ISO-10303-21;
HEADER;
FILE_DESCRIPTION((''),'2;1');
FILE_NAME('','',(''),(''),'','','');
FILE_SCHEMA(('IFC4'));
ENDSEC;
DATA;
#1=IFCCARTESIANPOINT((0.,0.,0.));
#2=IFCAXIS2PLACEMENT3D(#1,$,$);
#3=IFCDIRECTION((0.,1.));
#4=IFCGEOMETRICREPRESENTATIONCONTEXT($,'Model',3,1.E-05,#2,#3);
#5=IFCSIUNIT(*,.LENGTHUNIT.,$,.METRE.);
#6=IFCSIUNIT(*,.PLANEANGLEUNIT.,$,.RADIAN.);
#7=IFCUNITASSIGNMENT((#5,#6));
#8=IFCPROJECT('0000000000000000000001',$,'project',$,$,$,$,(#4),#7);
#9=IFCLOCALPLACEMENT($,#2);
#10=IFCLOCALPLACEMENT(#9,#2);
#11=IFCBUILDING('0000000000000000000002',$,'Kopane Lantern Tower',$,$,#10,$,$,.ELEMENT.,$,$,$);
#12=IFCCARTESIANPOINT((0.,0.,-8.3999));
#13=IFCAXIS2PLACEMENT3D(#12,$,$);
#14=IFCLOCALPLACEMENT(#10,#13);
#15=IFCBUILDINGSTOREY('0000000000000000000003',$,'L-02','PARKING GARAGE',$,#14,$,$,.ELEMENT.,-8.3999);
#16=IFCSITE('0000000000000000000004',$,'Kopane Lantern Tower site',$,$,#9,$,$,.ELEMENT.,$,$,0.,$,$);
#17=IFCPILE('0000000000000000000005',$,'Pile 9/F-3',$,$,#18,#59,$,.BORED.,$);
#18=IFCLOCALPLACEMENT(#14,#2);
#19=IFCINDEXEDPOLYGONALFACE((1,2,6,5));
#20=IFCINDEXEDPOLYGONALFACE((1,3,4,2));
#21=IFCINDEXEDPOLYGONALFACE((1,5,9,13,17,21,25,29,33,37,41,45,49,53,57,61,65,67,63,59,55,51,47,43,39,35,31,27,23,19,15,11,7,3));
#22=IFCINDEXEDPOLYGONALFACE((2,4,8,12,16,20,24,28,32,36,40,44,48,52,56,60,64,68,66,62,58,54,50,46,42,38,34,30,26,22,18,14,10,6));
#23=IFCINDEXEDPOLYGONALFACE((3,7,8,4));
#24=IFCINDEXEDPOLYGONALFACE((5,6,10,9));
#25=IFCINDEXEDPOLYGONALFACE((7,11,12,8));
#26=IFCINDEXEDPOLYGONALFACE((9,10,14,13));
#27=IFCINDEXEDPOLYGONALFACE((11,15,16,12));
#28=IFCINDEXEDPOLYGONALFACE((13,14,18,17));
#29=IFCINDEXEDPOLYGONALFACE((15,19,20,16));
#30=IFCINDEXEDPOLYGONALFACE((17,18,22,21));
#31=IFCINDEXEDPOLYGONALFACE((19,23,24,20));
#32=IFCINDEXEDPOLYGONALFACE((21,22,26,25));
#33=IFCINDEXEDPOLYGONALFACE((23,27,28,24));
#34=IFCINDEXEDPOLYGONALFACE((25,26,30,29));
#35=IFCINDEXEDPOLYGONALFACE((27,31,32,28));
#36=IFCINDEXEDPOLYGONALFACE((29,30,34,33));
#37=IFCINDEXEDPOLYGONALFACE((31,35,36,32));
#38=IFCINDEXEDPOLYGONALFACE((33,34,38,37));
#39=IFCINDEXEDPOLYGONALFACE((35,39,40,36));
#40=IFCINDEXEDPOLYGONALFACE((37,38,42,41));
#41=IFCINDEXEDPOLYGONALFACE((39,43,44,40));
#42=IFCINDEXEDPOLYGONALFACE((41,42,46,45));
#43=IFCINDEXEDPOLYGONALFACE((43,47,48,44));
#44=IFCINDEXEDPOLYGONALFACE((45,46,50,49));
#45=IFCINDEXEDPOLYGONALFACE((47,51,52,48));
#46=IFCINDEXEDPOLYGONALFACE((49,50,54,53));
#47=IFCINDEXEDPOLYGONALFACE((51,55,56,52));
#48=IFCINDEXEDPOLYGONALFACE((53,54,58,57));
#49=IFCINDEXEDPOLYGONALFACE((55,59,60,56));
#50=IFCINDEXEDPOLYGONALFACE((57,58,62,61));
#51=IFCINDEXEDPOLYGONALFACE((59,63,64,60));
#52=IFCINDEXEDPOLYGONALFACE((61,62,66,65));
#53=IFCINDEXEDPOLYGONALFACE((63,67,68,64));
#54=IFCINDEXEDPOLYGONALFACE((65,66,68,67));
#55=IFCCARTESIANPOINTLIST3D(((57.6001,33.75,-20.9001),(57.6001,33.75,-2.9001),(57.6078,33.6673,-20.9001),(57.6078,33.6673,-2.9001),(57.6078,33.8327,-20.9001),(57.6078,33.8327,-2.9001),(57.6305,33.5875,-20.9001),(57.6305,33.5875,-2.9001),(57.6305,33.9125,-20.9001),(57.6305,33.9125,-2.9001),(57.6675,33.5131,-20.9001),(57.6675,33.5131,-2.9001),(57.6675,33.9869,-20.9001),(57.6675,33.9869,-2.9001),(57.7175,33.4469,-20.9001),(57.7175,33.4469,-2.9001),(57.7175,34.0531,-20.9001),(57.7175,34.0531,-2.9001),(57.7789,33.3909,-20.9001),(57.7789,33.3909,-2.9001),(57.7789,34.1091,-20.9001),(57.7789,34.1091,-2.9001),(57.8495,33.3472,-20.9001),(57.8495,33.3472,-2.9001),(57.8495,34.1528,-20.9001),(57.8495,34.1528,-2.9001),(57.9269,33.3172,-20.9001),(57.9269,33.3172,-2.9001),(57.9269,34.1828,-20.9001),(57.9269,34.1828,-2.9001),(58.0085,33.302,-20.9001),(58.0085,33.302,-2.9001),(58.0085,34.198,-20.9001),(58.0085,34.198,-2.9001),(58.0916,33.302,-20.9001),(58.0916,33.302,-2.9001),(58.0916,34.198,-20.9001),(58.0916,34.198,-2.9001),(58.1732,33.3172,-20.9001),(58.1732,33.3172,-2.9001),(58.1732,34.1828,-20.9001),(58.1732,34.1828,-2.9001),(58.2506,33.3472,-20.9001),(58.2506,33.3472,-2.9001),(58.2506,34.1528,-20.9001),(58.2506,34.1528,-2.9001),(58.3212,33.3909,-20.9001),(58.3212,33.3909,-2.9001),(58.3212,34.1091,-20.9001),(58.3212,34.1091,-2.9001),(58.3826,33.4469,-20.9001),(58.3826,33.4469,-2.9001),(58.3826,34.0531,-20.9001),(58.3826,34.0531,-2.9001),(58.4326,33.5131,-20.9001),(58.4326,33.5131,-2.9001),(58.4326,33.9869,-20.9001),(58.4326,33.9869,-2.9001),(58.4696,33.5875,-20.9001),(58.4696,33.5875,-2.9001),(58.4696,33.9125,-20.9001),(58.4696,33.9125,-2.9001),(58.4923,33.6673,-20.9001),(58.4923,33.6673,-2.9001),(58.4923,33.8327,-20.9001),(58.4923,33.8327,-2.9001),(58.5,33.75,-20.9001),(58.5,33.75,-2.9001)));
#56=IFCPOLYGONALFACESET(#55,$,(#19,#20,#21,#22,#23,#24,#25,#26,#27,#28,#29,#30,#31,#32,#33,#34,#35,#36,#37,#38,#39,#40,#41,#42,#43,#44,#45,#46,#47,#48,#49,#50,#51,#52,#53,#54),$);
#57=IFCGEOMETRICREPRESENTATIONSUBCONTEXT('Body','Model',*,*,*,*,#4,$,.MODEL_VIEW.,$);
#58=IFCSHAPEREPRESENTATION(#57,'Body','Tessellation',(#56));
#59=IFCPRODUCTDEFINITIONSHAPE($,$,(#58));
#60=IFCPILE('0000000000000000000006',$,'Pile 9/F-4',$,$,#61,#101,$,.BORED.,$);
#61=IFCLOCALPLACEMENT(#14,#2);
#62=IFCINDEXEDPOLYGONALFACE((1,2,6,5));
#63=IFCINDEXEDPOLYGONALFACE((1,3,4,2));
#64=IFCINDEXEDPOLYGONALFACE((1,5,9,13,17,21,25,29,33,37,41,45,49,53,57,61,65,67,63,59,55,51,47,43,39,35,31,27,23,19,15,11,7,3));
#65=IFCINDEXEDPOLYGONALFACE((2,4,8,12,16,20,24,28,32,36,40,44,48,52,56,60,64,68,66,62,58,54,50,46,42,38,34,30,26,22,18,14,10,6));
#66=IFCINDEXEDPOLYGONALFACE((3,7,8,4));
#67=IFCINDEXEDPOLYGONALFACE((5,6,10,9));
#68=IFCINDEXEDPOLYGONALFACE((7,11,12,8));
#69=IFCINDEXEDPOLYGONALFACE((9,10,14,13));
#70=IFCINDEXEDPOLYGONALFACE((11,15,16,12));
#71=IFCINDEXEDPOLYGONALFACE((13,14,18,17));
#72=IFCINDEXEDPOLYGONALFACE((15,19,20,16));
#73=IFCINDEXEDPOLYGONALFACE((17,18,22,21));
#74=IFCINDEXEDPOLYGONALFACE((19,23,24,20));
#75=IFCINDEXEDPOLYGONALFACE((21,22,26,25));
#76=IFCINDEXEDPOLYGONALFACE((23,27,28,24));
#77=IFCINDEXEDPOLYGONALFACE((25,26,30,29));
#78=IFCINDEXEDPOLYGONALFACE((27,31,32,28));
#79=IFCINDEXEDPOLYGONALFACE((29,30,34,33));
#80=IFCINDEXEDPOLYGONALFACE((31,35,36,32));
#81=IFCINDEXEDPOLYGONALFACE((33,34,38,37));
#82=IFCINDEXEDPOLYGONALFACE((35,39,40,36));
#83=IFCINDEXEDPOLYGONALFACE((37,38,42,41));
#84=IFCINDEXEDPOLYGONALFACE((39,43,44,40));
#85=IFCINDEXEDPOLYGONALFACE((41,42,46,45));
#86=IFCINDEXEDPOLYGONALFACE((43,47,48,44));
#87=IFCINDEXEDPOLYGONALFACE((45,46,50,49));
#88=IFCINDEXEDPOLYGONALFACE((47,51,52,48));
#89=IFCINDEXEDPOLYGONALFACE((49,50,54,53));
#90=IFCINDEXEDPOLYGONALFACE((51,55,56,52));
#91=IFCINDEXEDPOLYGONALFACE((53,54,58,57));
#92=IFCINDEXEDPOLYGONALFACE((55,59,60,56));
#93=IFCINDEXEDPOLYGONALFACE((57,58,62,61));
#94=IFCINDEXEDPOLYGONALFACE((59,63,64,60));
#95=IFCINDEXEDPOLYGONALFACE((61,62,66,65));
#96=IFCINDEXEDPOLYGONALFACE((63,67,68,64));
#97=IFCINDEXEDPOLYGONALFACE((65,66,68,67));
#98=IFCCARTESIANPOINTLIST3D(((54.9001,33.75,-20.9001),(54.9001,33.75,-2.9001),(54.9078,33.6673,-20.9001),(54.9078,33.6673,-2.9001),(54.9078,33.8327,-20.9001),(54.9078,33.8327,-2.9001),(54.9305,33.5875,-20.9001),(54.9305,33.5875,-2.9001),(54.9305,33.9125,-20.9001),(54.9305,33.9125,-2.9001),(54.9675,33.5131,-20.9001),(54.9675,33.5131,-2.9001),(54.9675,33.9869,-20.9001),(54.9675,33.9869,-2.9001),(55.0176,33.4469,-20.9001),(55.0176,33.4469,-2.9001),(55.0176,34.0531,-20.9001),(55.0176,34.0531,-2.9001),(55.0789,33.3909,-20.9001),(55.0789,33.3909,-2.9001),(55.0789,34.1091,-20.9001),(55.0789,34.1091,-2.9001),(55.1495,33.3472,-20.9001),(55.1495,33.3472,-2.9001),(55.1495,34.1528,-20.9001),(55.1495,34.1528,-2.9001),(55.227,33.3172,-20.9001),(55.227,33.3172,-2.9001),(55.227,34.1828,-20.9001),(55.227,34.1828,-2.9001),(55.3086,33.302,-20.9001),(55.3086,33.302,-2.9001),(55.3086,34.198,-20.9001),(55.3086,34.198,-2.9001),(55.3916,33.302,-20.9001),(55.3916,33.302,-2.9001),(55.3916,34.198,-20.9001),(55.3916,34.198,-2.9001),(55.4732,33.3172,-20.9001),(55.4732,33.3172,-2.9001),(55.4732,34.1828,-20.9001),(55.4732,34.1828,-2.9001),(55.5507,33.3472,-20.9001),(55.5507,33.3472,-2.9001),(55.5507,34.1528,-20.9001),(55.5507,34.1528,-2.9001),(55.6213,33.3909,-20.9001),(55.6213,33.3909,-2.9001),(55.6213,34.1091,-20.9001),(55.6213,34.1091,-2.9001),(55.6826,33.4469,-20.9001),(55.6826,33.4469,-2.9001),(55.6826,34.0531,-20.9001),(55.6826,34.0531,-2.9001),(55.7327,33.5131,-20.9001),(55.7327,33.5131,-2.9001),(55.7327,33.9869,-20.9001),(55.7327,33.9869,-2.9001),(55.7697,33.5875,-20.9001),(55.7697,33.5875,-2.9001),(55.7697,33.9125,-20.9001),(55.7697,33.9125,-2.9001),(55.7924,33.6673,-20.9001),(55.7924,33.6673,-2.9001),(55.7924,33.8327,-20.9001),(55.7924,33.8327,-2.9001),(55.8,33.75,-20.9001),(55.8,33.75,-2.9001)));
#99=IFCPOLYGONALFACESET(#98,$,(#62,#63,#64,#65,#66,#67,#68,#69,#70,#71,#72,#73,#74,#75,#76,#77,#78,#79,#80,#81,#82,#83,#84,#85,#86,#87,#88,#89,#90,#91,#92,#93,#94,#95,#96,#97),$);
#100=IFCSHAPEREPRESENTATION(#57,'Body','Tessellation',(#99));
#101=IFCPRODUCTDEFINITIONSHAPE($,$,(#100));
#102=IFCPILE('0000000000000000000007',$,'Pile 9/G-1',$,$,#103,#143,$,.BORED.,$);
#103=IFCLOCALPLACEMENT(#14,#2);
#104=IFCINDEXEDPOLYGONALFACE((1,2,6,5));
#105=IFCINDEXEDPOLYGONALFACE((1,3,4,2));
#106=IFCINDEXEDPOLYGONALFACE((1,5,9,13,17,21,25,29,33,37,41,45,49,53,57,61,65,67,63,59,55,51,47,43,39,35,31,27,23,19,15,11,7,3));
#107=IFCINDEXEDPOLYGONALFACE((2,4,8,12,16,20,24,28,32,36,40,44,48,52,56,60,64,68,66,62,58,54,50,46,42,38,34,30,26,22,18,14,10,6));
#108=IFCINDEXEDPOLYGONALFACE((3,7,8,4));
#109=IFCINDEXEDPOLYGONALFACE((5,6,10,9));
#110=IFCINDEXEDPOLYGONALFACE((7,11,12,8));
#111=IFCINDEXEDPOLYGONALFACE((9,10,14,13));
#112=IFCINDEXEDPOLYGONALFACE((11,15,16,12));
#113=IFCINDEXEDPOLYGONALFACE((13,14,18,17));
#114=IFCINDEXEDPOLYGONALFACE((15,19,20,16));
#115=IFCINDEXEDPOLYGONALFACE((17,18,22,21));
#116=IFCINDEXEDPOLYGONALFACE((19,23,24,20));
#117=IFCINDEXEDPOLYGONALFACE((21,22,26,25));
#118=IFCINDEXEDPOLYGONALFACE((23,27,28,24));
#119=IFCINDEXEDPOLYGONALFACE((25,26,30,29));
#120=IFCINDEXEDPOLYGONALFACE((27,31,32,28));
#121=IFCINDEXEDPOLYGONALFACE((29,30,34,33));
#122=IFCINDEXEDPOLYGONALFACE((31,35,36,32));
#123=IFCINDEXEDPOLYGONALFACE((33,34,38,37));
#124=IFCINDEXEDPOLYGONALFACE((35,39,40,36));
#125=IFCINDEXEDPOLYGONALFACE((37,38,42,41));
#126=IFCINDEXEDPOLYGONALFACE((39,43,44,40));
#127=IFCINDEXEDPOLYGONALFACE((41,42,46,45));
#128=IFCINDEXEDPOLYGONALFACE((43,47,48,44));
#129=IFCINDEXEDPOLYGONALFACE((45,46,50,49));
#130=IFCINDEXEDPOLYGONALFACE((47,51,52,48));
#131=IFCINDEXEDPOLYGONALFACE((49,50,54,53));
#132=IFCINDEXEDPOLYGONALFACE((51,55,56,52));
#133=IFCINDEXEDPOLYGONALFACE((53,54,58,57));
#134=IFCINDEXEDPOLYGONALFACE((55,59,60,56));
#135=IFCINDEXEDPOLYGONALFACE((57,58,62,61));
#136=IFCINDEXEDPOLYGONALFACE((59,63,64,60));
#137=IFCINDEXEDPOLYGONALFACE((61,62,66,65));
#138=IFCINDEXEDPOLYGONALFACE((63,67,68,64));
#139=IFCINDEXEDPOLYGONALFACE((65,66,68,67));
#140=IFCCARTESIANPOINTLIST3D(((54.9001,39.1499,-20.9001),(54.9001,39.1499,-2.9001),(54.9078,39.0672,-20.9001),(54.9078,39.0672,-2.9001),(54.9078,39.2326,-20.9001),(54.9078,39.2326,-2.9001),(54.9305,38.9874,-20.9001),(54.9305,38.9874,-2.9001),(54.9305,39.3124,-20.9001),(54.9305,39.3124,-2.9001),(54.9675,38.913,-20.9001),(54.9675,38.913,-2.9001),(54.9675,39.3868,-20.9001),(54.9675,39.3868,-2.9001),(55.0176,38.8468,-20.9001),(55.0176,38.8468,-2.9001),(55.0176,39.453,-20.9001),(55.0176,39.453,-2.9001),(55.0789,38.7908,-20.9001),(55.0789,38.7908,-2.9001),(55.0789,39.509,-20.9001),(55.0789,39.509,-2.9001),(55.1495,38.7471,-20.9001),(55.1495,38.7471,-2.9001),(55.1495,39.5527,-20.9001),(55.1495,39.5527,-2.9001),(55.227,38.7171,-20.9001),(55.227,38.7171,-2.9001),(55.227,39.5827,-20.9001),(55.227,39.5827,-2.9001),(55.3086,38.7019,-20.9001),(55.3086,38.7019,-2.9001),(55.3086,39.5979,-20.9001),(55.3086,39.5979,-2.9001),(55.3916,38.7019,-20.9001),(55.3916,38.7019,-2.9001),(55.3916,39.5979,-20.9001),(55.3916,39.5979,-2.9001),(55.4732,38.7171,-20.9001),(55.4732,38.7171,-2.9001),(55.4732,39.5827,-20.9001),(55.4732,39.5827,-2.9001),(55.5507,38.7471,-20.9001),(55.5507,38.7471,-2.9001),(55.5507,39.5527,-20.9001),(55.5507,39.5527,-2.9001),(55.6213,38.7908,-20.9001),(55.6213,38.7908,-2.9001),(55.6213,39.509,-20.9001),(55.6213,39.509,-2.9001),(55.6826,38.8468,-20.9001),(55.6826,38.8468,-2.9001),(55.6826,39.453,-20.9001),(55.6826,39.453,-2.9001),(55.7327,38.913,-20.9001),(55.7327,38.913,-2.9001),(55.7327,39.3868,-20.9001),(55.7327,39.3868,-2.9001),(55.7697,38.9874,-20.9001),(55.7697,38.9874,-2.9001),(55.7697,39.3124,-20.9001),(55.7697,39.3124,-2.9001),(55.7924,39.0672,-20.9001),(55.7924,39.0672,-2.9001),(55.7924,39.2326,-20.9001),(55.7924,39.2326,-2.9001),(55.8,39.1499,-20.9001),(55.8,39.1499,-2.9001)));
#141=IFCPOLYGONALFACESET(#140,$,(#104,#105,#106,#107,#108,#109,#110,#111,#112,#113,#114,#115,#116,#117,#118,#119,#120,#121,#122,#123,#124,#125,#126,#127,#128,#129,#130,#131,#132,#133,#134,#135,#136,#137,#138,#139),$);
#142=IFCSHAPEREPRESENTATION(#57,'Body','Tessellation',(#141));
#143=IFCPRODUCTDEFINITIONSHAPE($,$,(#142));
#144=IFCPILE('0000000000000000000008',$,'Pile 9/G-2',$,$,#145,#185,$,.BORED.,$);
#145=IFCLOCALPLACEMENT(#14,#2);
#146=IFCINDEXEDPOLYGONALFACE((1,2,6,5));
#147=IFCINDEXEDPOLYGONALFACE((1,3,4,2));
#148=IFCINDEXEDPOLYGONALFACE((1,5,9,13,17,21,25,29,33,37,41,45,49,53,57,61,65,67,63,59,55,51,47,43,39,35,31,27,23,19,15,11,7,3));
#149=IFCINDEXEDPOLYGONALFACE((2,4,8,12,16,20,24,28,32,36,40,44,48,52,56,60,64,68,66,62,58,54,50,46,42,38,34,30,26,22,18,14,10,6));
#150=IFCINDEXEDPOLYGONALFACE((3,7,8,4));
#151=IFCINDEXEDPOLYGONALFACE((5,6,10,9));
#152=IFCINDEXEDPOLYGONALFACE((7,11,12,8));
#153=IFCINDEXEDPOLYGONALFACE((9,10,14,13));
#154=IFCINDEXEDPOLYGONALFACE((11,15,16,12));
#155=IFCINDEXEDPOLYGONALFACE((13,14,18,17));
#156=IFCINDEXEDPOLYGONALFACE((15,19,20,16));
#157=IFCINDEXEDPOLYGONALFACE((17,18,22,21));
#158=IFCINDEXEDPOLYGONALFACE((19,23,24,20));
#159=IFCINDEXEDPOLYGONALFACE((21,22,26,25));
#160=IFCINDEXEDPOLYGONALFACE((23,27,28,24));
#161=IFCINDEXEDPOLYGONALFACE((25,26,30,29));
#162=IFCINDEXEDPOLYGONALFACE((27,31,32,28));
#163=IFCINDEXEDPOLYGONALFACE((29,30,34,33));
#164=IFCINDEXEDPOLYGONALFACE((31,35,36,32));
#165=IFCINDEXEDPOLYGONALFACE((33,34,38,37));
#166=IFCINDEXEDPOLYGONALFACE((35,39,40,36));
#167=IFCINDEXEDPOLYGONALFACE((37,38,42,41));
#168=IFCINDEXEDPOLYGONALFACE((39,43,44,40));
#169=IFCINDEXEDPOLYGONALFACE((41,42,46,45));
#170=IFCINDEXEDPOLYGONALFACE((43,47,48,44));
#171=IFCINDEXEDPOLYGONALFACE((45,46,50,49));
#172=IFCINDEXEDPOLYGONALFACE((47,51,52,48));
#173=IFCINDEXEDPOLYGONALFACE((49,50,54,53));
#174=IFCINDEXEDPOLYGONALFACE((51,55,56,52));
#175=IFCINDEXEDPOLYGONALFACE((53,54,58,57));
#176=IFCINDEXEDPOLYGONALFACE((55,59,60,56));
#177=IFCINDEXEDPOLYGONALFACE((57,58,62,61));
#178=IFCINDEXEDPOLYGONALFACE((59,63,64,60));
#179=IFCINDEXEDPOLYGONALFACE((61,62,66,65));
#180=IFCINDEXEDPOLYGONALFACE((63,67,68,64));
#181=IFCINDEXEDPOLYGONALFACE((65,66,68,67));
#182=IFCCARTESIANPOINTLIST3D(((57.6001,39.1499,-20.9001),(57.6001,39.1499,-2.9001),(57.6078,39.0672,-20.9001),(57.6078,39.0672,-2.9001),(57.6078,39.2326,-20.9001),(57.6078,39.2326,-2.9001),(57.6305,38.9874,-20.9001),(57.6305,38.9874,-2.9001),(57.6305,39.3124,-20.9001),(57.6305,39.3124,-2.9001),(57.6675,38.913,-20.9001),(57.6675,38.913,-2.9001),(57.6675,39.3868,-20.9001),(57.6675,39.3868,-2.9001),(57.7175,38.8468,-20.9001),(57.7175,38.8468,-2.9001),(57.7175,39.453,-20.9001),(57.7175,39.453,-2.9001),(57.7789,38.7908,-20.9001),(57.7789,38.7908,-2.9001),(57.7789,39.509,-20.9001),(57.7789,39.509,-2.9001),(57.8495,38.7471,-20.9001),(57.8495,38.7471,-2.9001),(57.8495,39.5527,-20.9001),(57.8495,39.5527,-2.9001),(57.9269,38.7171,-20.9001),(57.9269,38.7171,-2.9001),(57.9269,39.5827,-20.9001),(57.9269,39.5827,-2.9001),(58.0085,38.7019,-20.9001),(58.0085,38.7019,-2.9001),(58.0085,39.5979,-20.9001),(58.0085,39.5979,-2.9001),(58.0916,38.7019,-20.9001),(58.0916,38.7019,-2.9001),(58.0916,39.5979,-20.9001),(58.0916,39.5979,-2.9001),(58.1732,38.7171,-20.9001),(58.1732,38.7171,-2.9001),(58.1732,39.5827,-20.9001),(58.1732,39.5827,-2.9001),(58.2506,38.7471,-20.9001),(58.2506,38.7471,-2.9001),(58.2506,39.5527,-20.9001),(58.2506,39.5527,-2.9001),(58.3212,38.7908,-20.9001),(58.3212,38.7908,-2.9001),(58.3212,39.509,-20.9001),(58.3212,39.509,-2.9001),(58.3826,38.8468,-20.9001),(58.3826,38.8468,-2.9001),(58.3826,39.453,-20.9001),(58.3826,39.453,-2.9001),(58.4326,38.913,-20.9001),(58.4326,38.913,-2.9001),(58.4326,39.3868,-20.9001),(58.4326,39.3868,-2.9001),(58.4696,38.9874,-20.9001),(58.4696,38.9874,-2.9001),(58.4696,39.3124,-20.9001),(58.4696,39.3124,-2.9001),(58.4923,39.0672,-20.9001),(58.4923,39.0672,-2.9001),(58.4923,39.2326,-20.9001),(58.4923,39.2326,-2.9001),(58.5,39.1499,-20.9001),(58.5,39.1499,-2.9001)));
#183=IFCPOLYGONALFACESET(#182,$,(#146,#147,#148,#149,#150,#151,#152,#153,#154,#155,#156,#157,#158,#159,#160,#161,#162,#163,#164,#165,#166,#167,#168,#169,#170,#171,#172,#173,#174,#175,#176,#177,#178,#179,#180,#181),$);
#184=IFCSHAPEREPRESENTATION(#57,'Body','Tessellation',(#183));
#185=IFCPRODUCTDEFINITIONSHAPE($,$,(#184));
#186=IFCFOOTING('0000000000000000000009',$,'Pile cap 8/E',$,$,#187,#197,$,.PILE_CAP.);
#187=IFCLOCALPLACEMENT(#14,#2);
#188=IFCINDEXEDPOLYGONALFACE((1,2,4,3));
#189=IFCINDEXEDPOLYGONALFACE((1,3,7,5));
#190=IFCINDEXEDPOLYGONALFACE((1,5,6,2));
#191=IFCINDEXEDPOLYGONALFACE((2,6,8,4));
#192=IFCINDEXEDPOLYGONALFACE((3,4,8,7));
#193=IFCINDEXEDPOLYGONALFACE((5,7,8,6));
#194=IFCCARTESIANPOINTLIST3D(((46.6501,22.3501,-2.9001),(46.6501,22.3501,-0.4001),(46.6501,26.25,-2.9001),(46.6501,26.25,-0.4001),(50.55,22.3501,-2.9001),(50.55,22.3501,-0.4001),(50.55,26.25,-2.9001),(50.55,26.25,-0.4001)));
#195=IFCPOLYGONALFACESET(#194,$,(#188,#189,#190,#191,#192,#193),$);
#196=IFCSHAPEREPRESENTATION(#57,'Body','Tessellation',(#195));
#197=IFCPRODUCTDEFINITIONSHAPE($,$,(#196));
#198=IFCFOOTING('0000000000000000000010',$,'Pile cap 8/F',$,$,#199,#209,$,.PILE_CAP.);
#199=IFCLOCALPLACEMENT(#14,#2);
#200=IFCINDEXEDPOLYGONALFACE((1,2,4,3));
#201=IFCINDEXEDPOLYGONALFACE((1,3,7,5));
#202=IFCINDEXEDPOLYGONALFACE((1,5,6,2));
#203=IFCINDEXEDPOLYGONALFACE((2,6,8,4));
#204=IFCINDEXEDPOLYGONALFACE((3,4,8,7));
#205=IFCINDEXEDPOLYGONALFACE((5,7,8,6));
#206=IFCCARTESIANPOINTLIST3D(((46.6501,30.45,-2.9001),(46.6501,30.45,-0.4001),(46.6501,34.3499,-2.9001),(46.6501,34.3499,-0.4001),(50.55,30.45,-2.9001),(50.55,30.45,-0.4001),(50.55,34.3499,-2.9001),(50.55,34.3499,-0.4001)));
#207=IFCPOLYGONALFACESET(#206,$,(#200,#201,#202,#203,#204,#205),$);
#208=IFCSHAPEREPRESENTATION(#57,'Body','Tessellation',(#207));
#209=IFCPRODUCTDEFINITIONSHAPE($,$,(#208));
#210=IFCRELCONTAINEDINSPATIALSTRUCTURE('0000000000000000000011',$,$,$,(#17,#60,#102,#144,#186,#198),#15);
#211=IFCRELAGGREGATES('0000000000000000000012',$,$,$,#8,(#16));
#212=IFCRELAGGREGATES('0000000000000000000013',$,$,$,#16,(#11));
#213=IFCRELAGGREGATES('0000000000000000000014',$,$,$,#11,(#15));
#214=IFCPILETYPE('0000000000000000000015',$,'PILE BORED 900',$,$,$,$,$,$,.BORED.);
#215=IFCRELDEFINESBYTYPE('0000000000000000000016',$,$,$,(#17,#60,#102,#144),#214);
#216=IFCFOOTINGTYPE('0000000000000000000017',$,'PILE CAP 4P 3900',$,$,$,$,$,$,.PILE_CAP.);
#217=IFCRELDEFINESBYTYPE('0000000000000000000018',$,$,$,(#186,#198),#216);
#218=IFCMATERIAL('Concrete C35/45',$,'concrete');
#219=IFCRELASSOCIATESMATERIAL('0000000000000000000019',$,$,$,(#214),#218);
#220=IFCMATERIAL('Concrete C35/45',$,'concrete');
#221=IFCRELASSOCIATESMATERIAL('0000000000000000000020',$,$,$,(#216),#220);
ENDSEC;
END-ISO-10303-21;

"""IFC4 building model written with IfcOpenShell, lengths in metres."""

from ifc_helpers import new_model, si_unit, direction, frame, origin, origin_2d, place, context, subcontext, project, spatial, rectangle, circle, extrude, material, material_profile, profile_set, type_object, element, save


model = new_model("IFC4")

# Units and contexts
model_context = context("Model", 3, precision=1e-05, world=origin(), true_north=direction((0.0, 1.0)))
body_context = subcontext(model_context, "Body", "Model", "MODEL_VIEW")
ifc_project = project(units=[si_unit("LENGTHUNIT", "METRE"), si_unit("PLANEANGLEUNIT", "RADIAN")], contexts=[model_context])

# Site, building, storey
site_placement = place(None, origin())
site = spatial("IfcSite", under=ifc_project, at=site_placement, Name="Kopane Lantern Tower site", CompositionType="ELEMENT", RefElevation=0.0)
building_placement = place(site_placement, origin())
building = spatial("IfcBuilding", under=site, at=building_placement, Name="Kopane Lantern Tower", CompositionType="ELEMENT")
storey_placement = place(building_placement, frame((0.0, 0.0, -8.3999)))
storey = spatial("IfcBuildingStorey", under=building, at=storey_placement, Name="L-02", Description="PARKING GARAGE", CompositionType="ELEMENT", Elevation=-8.3999)

# Piles
ifc_material_1 = material(Name="Concrete C35/45", Category="concrete")
ifc_material_profile_1 = material_profile(ifc_material_1, circle(Radius=0.45, at=origin_2d()), Name="D900")
ifc_profile_set_1 = profile_set([ifc_material_profile_1], Name="Concrete C35/45")
pile_type_1 = type_object("IfcPileType", Name="PILE BORED 900", PredefinedType="BORED", material=ifc_profile_set_1)
for number, where, z_axis, x_axis, name in (
    (1, (58.05, 33.75, -2.9001), (0.0, 0.0, -1.0), (1.0, 0.0, 0.0), "Pile 9/F-3"),
    (2, (55.3501, 33.75, -2.9001), (0.0, 0.0, -1.0), (1.0, 0.0, 0.0), "Pile 9/F-4"),
    (3, (55.3501, 39.1499, -2.9001), (0.0, 0.0, -1.0), (1.0, 0.0, 0.0), "Pile 9/G-1"),
    (4, (58.05, 39.1499, -2.9001), (0.0, 0.0, -1.0), (1.0, 0.0, 0.0), "Pile 9/G-2"),
):
    element("IfcPile", number, at=place(storey_placement, frame(where, z_axis=z_axis, x_axis=x_axis)), inside=storey, type_object=pile_type_1, Name=name, PredefinedType="BORED", context=body_context, shape_type="SweptSolid", body=[
        extrude(circle(Radius=0.45, at=origin_2d()), origin(), (0.0, 0.0, 1.0), 18.0),
    ])

# Footings
ifc_material_2 = material(Name="Concrete C35/45", Category="concrete")
footing_type_1 = type_object("IfcFootingType", Name="PILE CAP 4P 3900", PredefinedType="PILE_CAP", material=ifc_material_2)
for number, where, z_axis, x_axis, name in (
    (5, (48.6001, 24.3, -2.9001), (0.0, 0.0, 1.0), (1.0, 0.0, 0.0), "Pile cap 8/E"),
    (6, (48.6001, 32.3999, -2.9001), (0.0, 0.0, 1.0), (1.0, 0.0, 0.0), "Pile cap 8/F"),
):
    element("IfcFooting", number, at=place(storey_placement, frame(where, z_axis=z_axis, x_axis=x_axis)), inside=storey, type_object=footing_type_1, Name=name, PredefinedType="PILE_CAP", context=body_context, shape_type="SweptSolid", body=[
        extrude(rectangle(XDim=3.8999, YDim=3.8999, at=origin_2d()), origin(), (0.0, 0.0, 1.0), 2.5),
    ])

save(model, "model.ifc")
